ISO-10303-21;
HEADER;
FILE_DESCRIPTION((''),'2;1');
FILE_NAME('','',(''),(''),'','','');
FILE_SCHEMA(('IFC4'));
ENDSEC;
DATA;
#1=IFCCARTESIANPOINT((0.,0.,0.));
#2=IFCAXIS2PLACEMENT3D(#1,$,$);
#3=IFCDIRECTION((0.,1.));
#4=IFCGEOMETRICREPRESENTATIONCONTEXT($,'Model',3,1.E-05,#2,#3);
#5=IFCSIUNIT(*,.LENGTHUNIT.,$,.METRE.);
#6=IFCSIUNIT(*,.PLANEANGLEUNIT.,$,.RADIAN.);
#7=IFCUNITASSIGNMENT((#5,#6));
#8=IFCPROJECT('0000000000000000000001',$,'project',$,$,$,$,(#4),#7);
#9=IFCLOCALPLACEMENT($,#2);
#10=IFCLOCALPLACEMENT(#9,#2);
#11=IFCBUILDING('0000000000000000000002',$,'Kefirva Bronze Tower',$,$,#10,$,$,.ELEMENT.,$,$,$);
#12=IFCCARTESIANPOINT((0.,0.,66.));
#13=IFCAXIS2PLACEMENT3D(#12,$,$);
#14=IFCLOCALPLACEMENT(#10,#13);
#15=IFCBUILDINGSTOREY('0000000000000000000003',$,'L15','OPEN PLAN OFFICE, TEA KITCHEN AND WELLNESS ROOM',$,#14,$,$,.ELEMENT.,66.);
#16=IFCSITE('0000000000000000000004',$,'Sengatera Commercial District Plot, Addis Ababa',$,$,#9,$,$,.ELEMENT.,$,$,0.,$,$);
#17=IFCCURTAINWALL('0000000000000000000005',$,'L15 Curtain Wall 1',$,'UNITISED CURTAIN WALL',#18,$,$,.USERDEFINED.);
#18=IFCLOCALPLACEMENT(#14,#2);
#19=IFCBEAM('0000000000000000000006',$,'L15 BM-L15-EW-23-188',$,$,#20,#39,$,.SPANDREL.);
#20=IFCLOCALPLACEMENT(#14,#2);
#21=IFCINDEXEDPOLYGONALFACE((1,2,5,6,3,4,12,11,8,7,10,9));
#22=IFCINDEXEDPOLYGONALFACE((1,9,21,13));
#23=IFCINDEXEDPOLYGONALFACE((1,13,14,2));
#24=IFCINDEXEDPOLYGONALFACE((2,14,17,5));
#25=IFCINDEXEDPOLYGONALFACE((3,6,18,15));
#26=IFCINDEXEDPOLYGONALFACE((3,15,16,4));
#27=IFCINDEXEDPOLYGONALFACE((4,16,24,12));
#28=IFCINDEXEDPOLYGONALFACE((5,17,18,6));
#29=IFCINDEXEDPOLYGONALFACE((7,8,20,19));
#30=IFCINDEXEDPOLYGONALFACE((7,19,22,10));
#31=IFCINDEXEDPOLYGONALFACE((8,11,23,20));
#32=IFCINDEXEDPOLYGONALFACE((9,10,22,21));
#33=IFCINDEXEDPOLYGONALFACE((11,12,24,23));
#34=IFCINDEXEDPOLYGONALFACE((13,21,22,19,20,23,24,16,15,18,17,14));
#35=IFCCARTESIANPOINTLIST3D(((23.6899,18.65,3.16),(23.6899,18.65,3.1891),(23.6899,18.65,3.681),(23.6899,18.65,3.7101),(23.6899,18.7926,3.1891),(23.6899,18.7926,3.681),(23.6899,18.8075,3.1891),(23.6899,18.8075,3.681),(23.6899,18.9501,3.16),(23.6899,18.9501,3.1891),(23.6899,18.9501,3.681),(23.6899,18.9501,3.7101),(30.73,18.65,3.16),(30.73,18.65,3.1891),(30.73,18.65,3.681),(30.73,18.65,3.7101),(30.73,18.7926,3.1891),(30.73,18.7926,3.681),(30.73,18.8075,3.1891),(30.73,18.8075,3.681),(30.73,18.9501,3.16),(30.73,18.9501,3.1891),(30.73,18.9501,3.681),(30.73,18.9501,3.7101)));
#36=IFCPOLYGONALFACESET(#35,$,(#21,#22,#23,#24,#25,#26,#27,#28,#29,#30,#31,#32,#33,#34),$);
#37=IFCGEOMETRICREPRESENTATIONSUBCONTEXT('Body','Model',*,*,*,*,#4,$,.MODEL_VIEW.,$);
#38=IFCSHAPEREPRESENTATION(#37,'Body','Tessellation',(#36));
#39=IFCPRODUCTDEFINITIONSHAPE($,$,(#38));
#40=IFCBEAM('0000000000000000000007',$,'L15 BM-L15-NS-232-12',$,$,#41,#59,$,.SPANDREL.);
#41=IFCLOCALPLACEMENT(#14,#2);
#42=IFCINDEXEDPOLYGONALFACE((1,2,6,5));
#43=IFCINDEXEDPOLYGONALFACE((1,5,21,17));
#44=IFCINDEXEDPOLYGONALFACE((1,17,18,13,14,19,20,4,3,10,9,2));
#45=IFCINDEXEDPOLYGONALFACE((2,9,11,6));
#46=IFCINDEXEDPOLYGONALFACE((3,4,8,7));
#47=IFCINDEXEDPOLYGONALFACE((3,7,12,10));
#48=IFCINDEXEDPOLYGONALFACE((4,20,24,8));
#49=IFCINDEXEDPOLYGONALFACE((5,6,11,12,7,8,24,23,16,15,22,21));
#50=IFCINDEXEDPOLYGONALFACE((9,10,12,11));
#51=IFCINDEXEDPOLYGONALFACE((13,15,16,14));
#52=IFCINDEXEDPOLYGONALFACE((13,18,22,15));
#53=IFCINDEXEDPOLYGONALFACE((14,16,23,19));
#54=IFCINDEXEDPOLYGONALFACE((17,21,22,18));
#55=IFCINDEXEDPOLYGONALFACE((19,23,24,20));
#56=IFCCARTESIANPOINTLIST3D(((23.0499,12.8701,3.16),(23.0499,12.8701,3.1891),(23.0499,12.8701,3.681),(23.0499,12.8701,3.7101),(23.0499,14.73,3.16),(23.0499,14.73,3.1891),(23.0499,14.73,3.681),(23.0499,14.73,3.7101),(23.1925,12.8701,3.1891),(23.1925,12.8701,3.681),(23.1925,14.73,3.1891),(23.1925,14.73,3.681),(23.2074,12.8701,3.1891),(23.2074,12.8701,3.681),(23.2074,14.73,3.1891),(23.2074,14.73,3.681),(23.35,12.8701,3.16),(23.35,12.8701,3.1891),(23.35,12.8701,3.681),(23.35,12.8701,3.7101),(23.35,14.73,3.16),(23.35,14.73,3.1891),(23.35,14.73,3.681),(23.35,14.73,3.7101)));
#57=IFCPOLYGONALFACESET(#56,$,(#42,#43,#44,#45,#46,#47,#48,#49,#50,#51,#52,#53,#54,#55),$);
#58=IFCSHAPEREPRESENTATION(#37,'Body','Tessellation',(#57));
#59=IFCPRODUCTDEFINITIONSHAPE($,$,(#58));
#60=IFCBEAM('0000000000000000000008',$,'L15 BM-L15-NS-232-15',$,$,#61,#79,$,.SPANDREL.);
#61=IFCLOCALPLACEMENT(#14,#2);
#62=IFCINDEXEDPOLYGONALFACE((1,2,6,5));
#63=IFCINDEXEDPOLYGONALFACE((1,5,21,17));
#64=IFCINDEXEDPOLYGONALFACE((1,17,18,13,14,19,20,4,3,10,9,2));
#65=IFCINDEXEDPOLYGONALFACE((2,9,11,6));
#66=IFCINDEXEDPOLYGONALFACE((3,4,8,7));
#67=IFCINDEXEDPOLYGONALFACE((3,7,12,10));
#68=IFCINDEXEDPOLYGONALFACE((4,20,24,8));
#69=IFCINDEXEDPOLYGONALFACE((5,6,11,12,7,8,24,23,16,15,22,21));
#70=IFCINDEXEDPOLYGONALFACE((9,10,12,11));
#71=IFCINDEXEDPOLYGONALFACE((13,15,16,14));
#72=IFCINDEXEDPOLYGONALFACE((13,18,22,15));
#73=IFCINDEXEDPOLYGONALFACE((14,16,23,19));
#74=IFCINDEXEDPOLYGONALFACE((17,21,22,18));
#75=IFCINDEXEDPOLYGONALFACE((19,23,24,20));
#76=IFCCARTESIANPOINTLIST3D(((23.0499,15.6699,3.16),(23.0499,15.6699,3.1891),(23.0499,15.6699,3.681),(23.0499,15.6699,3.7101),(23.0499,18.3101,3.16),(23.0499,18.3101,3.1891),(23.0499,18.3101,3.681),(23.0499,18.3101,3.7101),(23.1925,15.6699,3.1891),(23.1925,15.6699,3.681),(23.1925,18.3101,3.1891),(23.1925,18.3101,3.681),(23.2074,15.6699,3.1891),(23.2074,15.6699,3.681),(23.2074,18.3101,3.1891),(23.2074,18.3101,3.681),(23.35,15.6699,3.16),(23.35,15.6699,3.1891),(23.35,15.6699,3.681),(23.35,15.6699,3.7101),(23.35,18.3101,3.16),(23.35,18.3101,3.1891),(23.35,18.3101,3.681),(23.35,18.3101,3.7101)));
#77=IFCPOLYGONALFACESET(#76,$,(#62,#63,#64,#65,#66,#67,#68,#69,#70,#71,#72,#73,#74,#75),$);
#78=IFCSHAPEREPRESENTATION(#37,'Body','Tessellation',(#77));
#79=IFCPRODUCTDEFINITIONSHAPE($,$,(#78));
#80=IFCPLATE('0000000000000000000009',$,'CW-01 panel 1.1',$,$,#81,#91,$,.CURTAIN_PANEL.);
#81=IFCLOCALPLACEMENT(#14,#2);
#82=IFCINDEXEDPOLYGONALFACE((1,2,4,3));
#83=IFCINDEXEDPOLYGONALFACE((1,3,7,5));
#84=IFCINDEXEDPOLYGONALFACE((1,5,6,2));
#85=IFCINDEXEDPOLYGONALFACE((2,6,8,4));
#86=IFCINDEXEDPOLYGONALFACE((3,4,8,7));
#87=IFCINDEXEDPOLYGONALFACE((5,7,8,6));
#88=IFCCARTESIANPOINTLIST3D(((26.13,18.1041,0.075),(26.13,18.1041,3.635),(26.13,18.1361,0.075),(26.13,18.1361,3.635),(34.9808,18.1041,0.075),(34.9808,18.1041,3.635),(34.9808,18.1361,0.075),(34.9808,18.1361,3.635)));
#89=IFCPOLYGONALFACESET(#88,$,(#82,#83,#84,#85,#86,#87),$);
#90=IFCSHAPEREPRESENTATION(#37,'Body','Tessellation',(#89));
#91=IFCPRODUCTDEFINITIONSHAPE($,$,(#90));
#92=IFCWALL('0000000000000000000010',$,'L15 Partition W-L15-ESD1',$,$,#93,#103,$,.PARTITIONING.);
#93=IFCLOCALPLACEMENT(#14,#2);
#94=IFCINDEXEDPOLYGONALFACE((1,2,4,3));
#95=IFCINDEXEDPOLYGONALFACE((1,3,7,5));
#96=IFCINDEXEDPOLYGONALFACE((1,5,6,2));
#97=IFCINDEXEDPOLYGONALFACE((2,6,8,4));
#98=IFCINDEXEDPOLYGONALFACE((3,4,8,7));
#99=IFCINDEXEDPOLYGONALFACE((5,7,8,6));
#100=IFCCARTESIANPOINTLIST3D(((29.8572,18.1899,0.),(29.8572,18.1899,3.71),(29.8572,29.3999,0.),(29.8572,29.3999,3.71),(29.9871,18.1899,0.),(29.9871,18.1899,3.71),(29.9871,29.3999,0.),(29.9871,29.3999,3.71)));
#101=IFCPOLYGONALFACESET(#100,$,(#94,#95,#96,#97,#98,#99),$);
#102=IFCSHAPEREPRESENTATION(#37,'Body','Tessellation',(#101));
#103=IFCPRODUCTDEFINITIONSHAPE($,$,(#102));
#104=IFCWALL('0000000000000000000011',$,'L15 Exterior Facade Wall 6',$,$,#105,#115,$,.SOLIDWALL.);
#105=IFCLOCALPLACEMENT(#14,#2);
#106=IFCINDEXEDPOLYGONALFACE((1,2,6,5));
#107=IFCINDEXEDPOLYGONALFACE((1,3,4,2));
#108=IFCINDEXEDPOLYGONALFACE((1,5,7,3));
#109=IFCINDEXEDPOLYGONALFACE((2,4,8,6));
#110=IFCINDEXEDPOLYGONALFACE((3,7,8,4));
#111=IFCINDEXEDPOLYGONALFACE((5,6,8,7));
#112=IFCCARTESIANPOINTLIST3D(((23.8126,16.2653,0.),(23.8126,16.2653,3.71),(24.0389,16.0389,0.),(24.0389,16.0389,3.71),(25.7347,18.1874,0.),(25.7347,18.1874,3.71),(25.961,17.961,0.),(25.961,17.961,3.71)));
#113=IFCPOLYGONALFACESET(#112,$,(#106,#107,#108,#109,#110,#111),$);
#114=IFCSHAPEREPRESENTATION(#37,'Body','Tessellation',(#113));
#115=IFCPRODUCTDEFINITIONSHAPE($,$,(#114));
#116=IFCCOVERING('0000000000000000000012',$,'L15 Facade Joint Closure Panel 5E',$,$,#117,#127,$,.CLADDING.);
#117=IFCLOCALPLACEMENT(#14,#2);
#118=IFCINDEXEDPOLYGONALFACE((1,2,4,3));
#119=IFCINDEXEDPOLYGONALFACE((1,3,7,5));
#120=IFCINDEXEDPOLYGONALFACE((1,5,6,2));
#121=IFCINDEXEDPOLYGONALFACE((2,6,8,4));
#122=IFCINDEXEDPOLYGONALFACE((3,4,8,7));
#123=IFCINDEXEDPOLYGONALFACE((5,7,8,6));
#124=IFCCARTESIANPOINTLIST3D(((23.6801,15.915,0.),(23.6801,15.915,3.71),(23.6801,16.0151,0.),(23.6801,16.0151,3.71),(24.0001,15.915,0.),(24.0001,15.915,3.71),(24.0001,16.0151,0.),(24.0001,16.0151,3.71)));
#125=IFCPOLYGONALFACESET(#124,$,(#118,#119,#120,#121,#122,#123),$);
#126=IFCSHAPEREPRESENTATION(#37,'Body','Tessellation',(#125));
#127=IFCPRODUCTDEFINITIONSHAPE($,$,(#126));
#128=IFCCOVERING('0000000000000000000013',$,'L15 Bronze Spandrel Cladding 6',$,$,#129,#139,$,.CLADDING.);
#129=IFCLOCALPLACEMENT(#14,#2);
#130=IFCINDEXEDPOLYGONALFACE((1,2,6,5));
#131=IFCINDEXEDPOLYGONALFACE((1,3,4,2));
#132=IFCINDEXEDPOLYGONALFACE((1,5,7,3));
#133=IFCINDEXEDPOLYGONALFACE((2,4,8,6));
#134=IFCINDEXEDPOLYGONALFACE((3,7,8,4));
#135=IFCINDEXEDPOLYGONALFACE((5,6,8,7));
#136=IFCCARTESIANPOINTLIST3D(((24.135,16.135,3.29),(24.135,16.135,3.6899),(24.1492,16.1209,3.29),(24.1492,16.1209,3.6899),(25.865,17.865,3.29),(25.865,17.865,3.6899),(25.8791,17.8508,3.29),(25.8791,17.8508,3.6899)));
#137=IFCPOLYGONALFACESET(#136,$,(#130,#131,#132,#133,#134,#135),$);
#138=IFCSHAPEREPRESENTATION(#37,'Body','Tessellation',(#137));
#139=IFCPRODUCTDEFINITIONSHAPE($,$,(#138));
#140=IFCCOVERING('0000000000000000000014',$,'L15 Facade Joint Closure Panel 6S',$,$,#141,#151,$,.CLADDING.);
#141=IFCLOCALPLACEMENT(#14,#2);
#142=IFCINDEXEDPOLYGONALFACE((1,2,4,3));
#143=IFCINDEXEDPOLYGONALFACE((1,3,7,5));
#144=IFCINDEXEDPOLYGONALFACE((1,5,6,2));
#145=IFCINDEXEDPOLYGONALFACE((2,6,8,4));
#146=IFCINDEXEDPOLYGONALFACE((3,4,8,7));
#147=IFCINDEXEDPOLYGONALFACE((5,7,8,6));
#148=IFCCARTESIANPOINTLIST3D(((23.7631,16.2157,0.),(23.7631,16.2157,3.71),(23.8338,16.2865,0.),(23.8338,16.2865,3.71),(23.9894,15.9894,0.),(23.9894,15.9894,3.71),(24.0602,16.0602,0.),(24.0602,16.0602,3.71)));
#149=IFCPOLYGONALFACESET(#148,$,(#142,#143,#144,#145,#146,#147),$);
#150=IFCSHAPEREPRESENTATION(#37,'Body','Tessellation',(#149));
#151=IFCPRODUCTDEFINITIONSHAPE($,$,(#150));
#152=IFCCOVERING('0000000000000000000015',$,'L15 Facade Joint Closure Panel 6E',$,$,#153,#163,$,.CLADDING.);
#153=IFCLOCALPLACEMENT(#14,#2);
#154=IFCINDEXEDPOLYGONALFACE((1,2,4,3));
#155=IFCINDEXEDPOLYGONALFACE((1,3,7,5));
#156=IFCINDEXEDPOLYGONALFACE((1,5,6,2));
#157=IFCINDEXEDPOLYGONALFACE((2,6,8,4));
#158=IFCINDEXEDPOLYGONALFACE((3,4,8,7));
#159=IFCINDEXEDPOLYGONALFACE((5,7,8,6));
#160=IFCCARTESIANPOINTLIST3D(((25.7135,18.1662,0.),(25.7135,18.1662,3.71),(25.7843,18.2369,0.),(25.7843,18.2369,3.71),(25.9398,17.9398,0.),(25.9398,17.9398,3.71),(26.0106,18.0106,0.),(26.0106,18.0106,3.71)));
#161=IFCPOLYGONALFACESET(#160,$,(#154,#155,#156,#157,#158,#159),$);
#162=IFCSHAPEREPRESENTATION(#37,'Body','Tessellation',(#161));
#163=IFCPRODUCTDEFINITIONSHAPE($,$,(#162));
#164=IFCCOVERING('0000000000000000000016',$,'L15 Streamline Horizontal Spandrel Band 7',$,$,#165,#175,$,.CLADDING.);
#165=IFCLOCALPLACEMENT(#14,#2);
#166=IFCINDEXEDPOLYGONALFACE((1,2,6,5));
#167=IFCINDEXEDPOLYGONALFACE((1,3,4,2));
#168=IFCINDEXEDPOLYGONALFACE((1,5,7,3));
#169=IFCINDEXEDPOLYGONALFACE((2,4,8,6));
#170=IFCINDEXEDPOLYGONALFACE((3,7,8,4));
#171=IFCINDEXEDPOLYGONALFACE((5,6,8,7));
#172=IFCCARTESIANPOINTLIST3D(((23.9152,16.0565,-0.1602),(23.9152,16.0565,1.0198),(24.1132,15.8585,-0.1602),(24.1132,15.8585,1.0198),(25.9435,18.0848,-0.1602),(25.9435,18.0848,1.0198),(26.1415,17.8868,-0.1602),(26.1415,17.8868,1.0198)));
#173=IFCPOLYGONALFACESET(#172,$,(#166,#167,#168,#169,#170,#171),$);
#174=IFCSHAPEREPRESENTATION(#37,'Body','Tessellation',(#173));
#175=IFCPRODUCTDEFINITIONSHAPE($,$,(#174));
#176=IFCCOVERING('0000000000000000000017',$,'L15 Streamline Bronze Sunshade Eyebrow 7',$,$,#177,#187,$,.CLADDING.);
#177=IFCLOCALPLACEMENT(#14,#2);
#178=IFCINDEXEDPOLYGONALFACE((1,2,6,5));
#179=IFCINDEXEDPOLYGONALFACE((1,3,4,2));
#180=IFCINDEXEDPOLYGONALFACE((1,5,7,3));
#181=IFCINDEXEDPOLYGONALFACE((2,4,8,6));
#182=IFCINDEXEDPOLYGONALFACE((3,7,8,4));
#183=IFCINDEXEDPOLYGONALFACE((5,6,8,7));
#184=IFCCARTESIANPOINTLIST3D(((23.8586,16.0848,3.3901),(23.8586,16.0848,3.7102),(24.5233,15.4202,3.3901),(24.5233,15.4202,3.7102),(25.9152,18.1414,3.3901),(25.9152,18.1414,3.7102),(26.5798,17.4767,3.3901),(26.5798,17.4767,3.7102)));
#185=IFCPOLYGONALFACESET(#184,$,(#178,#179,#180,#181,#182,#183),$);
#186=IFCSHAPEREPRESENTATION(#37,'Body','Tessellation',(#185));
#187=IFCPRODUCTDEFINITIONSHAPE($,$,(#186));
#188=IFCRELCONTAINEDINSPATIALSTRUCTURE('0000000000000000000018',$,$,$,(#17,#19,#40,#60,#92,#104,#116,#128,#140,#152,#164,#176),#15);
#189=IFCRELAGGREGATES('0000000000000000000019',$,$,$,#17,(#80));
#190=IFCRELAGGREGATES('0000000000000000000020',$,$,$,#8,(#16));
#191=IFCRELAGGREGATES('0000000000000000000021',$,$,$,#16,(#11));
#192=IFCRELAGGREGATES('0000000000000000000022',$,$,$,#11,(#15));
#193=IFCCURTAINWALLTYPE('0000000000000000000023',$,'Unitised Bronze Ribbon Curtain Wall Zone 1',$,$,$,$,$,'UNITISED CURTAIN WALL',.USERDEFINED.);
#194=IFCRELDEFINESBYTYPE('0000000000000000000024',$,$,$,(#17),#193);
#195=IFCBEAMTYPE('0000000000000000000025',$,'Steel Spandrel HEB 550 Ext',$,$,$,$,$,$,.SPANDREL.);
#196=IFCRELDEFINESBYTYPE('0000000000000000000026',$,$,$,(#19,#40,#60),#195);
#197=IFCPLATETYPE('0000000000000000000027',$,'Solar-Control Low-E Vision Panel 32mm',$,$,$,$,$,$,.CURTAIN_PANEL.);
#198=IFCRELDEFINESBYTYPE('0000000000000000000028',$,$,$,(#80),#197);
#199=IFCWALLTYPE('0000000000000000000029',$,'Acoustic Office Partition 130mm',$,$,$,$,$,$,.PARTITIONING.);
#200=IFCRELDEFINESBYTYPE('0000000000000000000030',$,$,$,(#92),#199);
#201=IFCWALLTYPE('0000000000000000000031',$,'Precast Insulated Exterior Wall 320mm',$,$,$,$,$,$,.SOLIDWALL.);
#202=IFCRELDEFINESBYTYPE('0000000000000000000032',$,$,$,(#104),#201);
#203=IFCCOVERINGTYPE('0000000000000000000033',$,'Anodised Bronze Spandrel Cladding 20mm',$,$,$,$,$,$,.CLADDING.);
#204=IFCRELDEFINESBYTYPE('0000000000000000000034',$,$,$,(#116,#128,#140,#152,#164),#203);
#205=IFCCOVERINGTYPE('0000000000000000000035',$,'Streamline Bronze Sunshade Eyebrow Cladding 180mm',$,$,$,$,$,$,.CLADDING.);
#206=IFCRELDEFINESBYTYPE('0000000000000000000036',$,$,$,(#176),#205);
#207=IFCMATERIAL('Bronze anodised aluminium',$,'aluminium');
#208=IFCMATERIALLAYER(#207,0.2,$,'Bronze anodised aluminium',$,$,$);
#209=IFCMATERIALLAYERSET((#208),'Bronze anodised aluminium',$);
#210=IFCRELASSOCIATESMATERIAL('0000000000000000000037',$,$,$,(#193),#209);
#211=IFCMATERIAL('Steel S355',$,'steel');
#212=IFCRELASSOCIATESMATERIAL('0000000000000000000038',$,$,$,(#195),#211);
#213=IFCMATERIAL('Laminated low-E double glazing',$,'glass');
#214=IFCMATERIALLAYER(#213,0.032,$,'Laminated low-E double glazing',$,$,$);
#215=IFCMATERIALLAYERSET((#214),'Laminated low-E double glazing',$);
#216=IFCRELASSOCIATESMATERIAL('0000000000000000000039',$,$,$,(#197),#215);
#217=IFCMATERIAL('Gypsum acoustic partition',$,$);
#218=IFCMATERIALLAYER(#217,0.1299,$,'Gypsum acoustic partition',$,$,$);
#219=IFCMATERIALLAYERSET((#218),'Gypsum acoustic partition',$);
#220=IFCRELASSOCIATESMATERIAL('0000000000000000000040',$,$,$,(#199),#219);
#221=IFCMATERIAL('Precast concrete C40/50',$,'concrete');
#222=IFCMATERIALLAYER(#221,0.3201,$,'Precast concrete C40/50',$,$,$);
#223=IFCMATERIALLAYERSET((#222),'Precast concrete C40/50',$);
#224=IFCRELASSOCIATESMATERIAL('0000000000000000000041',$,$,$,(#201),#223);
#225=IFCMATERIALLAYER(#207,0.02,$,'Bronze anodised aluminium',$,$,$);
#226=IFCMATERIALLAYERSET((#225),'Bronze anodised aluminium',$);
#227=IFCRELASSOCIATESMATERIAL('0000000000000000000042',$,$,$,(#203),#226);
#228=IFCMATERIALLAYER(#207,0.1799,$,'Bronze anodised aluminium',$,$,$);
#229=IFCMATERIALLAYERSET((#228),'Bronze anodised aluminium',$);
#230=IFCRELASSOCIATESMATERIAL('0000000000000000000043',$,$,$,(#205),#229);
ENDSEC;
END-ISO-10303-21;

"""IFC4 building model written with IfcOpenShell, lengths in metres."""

from ifc_helpers import new_model, si_unit, direction, frame, frame_2d, origin, origin_2d, place, context, subcontext, project, spatial, rectangle, i_section, extrude, material, layer, layer_set, material_profile, profile_set, type_object, element, aggregate, save


model = new_model("IFC4")

# Units and contexts
model_context = context("Model", 3, precision=1e-05, world=origin(), true_north=direction((0.0, 1.0)))
body_context = subcontext(model_context, "Body", "Model", "MODEL_VIEW")
ifc_project = project(units=[si_unit("LENGTHUNIT", "METRE"), si_unit("PLANEANGLEUNIT", "RADIAN")], contexts=[model_context])

# Site, building, storey
site_placement = place(None, origin())
site = spatial("IfcSite", under=ifc_project, at=site_placement, Name="Sengatera Commercial District Plot, Addis Ababa", CompositionType="ELEMENT", RefElevation=0.0)
building_placement = place(site_placement, origin())
building = spatial("IfcBuilding", under=site, at=building_placement, Name="Kefirva Bronze Tower", CompositionType="ELEMENT")
storey_placement = place(building_placement, frame((0.0, 0.0, 66.0)))
storey = spatial("IfcBuildingStorey", under=building, at=storey_placement, Name="L15", Description="OPEN PLAN OFFICE, TEA KITCHEN AND WELLNESS ROOM", CompositionType="ELEMENT", Elevation=66.0)

# Curtain wall
ifc_material_1 = material(Name="Bronze anodised aluminium", Category="aluminium")
ifc_layer_1 = layer(ifc_material_1, 0.2, Name="Bronze anodised aluminium")
ifc_layer_set_1 = layer_set([ifc_layer_1], Name="Bronze anodised aluminium")
curtain_wall_type = type_object("IfcCurtainWallType", Name="Unitised Bronze Ribbon Curtain Wall Zone 1", ElementType="UNITISED CURTAIN WALL", PredefinedType="USERDEFINED", material=ifc_layer_set_1)
curtain_wall_placement = place(storey_placement, origin())
curtain_wall = element("IfcCurtainWall", 1, at=curtain_wall_placement, inside=storey, type_object=curtain_wall_type, Name="L15 Curtain Wall 1", ObjectType="UNITISED CURTAIN WALL", PredefinedType="USERDEFINED")

# Beams
ifc_material_2 = material(Name="Steel S355", Category="steel")
ifc_material_profile_1 = material_profile(ifc_material_2, i_section(OverallWidth=0.3, OverallDepth=0.55, WebThickness=0.0149, FlangeThickness=0.0291, at=origin_2d()), Name="HEB 550")
ifc_profile_set_1 = profile_set([ifc_material_profile_1], Name="Steel S355")
beam_type_1 = type_object("IfcBeamType", Name="Steel Spandrel HEB 550 Ext", PredefinedType="SPANDREL", material=ifc_profile_set_1)
beam_1_placement = place(storey_placement, frame((23.6899, 18.8, 3.4351), z_axis=(1.0, 0.0, 0.0), x_axis=(0.0, 1.0, 0.0)))
element("IfcBeam", 2, at=beam_1_placement, inside=storey, type_object=beam_type_1, Name="L15 BM-L15-EW-23-188", PredefinedType="SPANDREL", context=body_context, shape_type="SweptSolid", body=[
    extrude(i_section(OverallWidth=0.3, OverallDepth=0.55, WebThickness=0.0149, FlangeThickness=0.0291, at=origin_2d()), origin(), (0.0, 0.0, 1.0), 7.04),
])
beam_2_placement = place(storey_placement, frame((23.2, 12.8701, 3.4351), z_axis=(0.0, 1.0, 0.0), x_axis=(-1.0, 0.0, 0.0)))
element("IfcBeam", 3, at=beam_2_placement, inside=storey, type_object=beam_type_1, Name="L15 BM-L15-NS-232-12", PredefinedType="SPANDREL", context=body_context, shape_type="SweptSolid", body=[
    extrude(i_section(OverallWidth=0.3, OverallDepth=0.55, WebThickness=0.0149, FlangeThickness=0.0291, at=origin_2d()), origin(), (0.0, 0.0, 1.0), 1.8599),
])
beam_3_placement = place(storey_placement, frame((23.2, 15.6699, 3.4351), z_axis=(0.0, 1.0, 0.0), x_axis=(-1.0, 0.0, 0.0)))
element("IfcBeam", 4, at=beam_3_placement, inside=storey, type_object=beam_type_1, Name="L15 BM-L15-NS-232-15", PredefinedType="SPANDREL", context=body_context, shape_type="SweptSolid", body=[
    extrude(i_section(OverallWidth=0.3, OverallDepth=0.55, WebThickness=0.0149, FlangeThickness=0.0291, at=origin_2d()), origin(), (0.0, 0.0, 1.0), 2.6401),
])

# Plate
ifc_material_3 = material(Name="Laminated low-E double glazing", Category="glass")
ifc_layer_2 = layer(ifc_material_3, 0.032, Name="Laminated low-E double glazing")
ifc_layer_set_2 = layer_set([ifc_layer_2], Name="Laminated low-E double glazing")
plate_type = type_object("IfcPlateType", Name="Solar-Control Low-E Vision Panel 32mm", PredefinedType="CURTAIN_PANEL", material=ifc_layer_set_2)
plate_placement = place(storey_placement, frame((30.5554, 18.1201, 0.075), z_axis=(0.0, 0.0, 1.0), x_axis=(1.0, 0.0, 0.0)))
plate = element("IfcPlate", 5, at=plate_placement, type_object=plate_type, Name="CW-01 panel 1.1", PredefinedType="CURTAIN_PANEL", context=body_context, shape_type="SweptSolid", body=[
    extrude(rectangle(XDim=8.8508, YDim=0.032, at=origin_2d()), origin(), (0.0, 0.0, 1.0), 3.5601),
])
aggregate(curtain_wall, [plate])

# Walls
ifc_material_4 = material(Name="Gypsum acoustic partition")
ifc_layer_3 = layer(ifc_material_4, 0.1299, Name="Gypsum acoustic partition")
ifc_layer_set_3 = layer_set([ifc_layer_3], Name="Gypsum acoustic partition")
wall_type_1 = type_object("IfcWallType", Name="Acoustic Office Partition 130mm", PredefinedType="PARTITIONING", material=ifc_layer_set_3)
wall_1_placement = place(storey_placement, frame((29.9221, 18.1899, 0.0), z_axis=(0.0, 0.0, 1.0), x_axis=(0.0, 1.0, 0.0)))
element("IfcWall", 6, at=wall_1_placement, inside=storey, type_object=wall_type_1, Name="L15 Partition W-L15-ESD1", PredefinedType="PARTITIONING", context=body_context, shape_type="SweptSolid", body=[
    extrude(rectangle(XDim=11.21, YDim=0.1299, at=frame_2d((5.605, 0.0))), origin(), (0.0, 0.0, 1.0), 3.71),
])
ifc_material_5 = material(Name="Precast concrete C40/50", Category="concrete")
ifc_layer_4 = layer(ifc_material_5, 0.3201, Name="Precast concrete C40/50")
ifc_layer_set_4 = layer_set([ifc_layer_4], Name="Precast concrete C40/50")
wall_type_2 = type_object("IfcWallType", Name="Precast Insulated Exterior Wall 320mm", PredefinedType="SOLIDWALL", material=ifc_layer_set_4)
wall_2_placement = place(storey_placement, frame((23.9258, 16.1521, 0.0), z_axis=(0.0, 0.0, 1.0), x_axis=(0.707107, 0.707107, 0.0)))
element("IfcWall", 7, at=wall_2_placement, inside=storey, type_object=wall_type_2, Name="L15 Exterior Facade Wall 6", PredefinedType="SOLIDWALL", context=body_context, shape_type="SweptSolid", body=[
    extrude(rectangle(XDim=2.7183, YDim=0.3201, at=frame_2d((1.3591, 0.0))), origin(), (0.0, 0.0, 1.0), 3.71),
])

# Coverings
ifc_layer_5 = layer(ifc_material_1, 0.02, Name="Bronze anodised aluminium")
ifc_layer_set_5 = layer_set([ifc_layer_5], Name="Bronze anodised aluminium")
covering_type_1 = type_object("IfcCoveringType", Name="Anodised Bronze Spandrel Cladding 20mm", PredefinedType="CLADDING", material=ifc_layer_set_5)
covering_1_placement = place(storey_placement, frame((23.8401, 15.9651, 0.0), z_axis=(0.0, 0.0, 1.0), x_axis=(0.0, 1.0, 0.0)))
element("IfcCovering", 8, at=covering_1_placement, inside=storey, type_object=covering_type_1, Name="L15 Facade Joint Closure Panel 5E", PredefinedType="CLADDING", context=body_context, shape_type="SweptSolid", body=[
    extrude(rectangle(XDim=0.1001, YDim=0.3201, at=origin_2d()), origin(), (0.0, 0.0, 1.0), 3.71),
])
covering_2_placement = place(storey_placement, frame((25.0071, 16.9929, 3.29), z_axis=(0.0, 0.0, 1.0), x_axis=(0.707107, 0.707107, 0.0)))
element("IfcCovering", 9, at=covering_2_placement, inside=storey, type_object=covering_type_1, Name="L15 Bronze Spandrel Cladding 6", PredefinedType="CLADDING", context=body_context, shape_type="SweptSolid", body=[
    extrude(rectangle(XDim=2.4465, YDim=0.02, at=origin_2d()), origin(), (0.0, 0.0, 1.0), 0.3999),
])
for number, where, z_axis, x_axis, name in (
    (10, (23.9116, 16.1379, 0.0), (0.0, 0.0, 1.0), (0.707107, 0.707107, 0.0), "L15 Facade Joint Closure Panel 6S"),
    (11, (25.8621, 18.0884, 0.0), (0.0, 0.0, 1.0), (0.707107, 0.707107, 0.0), "L15 Facade Joint Closure Panel 6E"),
):
    element("IfcCovering", number, at=place(storey_placement, frame(where, z_axis=z_axis, x_axis=x_axis)), inside=storey, type_object=covering_type_1, Name=name, PredefinedType="CLADDING", context=body_context, shape_type="SweptSolid", body=[
        extrude(rectangle(XDim=0.1001, YDim=0.3201, at=origin_2d()), origin(), (0.0, 0.0, 1.0), 3.71),
    ])
covering_3_placement = place(storey_placement, frame((25.0283, 16.9717, -0.1602), z_axis=(0.0, 0.0, 1.0), x_axis=(0.707107, 0.707107, 0.0)))
element("IfcCovering", 12, at=covering_3_placement, inside=storey, type_object=covering_type_1, Name="L15 Streamline Horizontal Spandrel Band 7", PredefinedType="CLADDING", context=body_context, shape_type="SweptSolid", body=[
    extrude(rectangle(XDim=2.8684, YDim=0.28, at=origin_2d()), origin(), (0.0, 0.0, 1.0), 1.1799),
])
ifc_layer_6 = layer(ifc_material_1, 0.1799, Name="Bronze anodised aluminium")
ifc_layer_set_6 = layer_set([ifc_layer_6], Name="Bronze anodised aluminium")
covering_type_2 = type_object("IfcCoveringType", Name="Streamline Bronze Sunshade Eyebrow Cladding 180mm", PredefinedType="CLADDING", material=ifc_layer_set_6)
covering_4_placement = place(storey_placement, frame((25.2192, 16.7808, 3.3901), z_axis=(0.0, 0.0, 1.0), x_axis=(0.707107, 0.707107, 0.0)))
element("IfcCovering", 13, at=covering_4_placement, inside=storey, type_object=covering_type_2, Name="L15 Streamline Bronze Sunshade Eyebrow 7", PredefinedType="CLADDING", context=body_context, shape_type="SweptSolid", body=[
    extrude(rectangle(XDim=2.9084, YDim=0.9399, at=origin_2d()), origin(), (0.0, 0.0, 1.0), 0.3201),
])

save(model, "model.ifc")
